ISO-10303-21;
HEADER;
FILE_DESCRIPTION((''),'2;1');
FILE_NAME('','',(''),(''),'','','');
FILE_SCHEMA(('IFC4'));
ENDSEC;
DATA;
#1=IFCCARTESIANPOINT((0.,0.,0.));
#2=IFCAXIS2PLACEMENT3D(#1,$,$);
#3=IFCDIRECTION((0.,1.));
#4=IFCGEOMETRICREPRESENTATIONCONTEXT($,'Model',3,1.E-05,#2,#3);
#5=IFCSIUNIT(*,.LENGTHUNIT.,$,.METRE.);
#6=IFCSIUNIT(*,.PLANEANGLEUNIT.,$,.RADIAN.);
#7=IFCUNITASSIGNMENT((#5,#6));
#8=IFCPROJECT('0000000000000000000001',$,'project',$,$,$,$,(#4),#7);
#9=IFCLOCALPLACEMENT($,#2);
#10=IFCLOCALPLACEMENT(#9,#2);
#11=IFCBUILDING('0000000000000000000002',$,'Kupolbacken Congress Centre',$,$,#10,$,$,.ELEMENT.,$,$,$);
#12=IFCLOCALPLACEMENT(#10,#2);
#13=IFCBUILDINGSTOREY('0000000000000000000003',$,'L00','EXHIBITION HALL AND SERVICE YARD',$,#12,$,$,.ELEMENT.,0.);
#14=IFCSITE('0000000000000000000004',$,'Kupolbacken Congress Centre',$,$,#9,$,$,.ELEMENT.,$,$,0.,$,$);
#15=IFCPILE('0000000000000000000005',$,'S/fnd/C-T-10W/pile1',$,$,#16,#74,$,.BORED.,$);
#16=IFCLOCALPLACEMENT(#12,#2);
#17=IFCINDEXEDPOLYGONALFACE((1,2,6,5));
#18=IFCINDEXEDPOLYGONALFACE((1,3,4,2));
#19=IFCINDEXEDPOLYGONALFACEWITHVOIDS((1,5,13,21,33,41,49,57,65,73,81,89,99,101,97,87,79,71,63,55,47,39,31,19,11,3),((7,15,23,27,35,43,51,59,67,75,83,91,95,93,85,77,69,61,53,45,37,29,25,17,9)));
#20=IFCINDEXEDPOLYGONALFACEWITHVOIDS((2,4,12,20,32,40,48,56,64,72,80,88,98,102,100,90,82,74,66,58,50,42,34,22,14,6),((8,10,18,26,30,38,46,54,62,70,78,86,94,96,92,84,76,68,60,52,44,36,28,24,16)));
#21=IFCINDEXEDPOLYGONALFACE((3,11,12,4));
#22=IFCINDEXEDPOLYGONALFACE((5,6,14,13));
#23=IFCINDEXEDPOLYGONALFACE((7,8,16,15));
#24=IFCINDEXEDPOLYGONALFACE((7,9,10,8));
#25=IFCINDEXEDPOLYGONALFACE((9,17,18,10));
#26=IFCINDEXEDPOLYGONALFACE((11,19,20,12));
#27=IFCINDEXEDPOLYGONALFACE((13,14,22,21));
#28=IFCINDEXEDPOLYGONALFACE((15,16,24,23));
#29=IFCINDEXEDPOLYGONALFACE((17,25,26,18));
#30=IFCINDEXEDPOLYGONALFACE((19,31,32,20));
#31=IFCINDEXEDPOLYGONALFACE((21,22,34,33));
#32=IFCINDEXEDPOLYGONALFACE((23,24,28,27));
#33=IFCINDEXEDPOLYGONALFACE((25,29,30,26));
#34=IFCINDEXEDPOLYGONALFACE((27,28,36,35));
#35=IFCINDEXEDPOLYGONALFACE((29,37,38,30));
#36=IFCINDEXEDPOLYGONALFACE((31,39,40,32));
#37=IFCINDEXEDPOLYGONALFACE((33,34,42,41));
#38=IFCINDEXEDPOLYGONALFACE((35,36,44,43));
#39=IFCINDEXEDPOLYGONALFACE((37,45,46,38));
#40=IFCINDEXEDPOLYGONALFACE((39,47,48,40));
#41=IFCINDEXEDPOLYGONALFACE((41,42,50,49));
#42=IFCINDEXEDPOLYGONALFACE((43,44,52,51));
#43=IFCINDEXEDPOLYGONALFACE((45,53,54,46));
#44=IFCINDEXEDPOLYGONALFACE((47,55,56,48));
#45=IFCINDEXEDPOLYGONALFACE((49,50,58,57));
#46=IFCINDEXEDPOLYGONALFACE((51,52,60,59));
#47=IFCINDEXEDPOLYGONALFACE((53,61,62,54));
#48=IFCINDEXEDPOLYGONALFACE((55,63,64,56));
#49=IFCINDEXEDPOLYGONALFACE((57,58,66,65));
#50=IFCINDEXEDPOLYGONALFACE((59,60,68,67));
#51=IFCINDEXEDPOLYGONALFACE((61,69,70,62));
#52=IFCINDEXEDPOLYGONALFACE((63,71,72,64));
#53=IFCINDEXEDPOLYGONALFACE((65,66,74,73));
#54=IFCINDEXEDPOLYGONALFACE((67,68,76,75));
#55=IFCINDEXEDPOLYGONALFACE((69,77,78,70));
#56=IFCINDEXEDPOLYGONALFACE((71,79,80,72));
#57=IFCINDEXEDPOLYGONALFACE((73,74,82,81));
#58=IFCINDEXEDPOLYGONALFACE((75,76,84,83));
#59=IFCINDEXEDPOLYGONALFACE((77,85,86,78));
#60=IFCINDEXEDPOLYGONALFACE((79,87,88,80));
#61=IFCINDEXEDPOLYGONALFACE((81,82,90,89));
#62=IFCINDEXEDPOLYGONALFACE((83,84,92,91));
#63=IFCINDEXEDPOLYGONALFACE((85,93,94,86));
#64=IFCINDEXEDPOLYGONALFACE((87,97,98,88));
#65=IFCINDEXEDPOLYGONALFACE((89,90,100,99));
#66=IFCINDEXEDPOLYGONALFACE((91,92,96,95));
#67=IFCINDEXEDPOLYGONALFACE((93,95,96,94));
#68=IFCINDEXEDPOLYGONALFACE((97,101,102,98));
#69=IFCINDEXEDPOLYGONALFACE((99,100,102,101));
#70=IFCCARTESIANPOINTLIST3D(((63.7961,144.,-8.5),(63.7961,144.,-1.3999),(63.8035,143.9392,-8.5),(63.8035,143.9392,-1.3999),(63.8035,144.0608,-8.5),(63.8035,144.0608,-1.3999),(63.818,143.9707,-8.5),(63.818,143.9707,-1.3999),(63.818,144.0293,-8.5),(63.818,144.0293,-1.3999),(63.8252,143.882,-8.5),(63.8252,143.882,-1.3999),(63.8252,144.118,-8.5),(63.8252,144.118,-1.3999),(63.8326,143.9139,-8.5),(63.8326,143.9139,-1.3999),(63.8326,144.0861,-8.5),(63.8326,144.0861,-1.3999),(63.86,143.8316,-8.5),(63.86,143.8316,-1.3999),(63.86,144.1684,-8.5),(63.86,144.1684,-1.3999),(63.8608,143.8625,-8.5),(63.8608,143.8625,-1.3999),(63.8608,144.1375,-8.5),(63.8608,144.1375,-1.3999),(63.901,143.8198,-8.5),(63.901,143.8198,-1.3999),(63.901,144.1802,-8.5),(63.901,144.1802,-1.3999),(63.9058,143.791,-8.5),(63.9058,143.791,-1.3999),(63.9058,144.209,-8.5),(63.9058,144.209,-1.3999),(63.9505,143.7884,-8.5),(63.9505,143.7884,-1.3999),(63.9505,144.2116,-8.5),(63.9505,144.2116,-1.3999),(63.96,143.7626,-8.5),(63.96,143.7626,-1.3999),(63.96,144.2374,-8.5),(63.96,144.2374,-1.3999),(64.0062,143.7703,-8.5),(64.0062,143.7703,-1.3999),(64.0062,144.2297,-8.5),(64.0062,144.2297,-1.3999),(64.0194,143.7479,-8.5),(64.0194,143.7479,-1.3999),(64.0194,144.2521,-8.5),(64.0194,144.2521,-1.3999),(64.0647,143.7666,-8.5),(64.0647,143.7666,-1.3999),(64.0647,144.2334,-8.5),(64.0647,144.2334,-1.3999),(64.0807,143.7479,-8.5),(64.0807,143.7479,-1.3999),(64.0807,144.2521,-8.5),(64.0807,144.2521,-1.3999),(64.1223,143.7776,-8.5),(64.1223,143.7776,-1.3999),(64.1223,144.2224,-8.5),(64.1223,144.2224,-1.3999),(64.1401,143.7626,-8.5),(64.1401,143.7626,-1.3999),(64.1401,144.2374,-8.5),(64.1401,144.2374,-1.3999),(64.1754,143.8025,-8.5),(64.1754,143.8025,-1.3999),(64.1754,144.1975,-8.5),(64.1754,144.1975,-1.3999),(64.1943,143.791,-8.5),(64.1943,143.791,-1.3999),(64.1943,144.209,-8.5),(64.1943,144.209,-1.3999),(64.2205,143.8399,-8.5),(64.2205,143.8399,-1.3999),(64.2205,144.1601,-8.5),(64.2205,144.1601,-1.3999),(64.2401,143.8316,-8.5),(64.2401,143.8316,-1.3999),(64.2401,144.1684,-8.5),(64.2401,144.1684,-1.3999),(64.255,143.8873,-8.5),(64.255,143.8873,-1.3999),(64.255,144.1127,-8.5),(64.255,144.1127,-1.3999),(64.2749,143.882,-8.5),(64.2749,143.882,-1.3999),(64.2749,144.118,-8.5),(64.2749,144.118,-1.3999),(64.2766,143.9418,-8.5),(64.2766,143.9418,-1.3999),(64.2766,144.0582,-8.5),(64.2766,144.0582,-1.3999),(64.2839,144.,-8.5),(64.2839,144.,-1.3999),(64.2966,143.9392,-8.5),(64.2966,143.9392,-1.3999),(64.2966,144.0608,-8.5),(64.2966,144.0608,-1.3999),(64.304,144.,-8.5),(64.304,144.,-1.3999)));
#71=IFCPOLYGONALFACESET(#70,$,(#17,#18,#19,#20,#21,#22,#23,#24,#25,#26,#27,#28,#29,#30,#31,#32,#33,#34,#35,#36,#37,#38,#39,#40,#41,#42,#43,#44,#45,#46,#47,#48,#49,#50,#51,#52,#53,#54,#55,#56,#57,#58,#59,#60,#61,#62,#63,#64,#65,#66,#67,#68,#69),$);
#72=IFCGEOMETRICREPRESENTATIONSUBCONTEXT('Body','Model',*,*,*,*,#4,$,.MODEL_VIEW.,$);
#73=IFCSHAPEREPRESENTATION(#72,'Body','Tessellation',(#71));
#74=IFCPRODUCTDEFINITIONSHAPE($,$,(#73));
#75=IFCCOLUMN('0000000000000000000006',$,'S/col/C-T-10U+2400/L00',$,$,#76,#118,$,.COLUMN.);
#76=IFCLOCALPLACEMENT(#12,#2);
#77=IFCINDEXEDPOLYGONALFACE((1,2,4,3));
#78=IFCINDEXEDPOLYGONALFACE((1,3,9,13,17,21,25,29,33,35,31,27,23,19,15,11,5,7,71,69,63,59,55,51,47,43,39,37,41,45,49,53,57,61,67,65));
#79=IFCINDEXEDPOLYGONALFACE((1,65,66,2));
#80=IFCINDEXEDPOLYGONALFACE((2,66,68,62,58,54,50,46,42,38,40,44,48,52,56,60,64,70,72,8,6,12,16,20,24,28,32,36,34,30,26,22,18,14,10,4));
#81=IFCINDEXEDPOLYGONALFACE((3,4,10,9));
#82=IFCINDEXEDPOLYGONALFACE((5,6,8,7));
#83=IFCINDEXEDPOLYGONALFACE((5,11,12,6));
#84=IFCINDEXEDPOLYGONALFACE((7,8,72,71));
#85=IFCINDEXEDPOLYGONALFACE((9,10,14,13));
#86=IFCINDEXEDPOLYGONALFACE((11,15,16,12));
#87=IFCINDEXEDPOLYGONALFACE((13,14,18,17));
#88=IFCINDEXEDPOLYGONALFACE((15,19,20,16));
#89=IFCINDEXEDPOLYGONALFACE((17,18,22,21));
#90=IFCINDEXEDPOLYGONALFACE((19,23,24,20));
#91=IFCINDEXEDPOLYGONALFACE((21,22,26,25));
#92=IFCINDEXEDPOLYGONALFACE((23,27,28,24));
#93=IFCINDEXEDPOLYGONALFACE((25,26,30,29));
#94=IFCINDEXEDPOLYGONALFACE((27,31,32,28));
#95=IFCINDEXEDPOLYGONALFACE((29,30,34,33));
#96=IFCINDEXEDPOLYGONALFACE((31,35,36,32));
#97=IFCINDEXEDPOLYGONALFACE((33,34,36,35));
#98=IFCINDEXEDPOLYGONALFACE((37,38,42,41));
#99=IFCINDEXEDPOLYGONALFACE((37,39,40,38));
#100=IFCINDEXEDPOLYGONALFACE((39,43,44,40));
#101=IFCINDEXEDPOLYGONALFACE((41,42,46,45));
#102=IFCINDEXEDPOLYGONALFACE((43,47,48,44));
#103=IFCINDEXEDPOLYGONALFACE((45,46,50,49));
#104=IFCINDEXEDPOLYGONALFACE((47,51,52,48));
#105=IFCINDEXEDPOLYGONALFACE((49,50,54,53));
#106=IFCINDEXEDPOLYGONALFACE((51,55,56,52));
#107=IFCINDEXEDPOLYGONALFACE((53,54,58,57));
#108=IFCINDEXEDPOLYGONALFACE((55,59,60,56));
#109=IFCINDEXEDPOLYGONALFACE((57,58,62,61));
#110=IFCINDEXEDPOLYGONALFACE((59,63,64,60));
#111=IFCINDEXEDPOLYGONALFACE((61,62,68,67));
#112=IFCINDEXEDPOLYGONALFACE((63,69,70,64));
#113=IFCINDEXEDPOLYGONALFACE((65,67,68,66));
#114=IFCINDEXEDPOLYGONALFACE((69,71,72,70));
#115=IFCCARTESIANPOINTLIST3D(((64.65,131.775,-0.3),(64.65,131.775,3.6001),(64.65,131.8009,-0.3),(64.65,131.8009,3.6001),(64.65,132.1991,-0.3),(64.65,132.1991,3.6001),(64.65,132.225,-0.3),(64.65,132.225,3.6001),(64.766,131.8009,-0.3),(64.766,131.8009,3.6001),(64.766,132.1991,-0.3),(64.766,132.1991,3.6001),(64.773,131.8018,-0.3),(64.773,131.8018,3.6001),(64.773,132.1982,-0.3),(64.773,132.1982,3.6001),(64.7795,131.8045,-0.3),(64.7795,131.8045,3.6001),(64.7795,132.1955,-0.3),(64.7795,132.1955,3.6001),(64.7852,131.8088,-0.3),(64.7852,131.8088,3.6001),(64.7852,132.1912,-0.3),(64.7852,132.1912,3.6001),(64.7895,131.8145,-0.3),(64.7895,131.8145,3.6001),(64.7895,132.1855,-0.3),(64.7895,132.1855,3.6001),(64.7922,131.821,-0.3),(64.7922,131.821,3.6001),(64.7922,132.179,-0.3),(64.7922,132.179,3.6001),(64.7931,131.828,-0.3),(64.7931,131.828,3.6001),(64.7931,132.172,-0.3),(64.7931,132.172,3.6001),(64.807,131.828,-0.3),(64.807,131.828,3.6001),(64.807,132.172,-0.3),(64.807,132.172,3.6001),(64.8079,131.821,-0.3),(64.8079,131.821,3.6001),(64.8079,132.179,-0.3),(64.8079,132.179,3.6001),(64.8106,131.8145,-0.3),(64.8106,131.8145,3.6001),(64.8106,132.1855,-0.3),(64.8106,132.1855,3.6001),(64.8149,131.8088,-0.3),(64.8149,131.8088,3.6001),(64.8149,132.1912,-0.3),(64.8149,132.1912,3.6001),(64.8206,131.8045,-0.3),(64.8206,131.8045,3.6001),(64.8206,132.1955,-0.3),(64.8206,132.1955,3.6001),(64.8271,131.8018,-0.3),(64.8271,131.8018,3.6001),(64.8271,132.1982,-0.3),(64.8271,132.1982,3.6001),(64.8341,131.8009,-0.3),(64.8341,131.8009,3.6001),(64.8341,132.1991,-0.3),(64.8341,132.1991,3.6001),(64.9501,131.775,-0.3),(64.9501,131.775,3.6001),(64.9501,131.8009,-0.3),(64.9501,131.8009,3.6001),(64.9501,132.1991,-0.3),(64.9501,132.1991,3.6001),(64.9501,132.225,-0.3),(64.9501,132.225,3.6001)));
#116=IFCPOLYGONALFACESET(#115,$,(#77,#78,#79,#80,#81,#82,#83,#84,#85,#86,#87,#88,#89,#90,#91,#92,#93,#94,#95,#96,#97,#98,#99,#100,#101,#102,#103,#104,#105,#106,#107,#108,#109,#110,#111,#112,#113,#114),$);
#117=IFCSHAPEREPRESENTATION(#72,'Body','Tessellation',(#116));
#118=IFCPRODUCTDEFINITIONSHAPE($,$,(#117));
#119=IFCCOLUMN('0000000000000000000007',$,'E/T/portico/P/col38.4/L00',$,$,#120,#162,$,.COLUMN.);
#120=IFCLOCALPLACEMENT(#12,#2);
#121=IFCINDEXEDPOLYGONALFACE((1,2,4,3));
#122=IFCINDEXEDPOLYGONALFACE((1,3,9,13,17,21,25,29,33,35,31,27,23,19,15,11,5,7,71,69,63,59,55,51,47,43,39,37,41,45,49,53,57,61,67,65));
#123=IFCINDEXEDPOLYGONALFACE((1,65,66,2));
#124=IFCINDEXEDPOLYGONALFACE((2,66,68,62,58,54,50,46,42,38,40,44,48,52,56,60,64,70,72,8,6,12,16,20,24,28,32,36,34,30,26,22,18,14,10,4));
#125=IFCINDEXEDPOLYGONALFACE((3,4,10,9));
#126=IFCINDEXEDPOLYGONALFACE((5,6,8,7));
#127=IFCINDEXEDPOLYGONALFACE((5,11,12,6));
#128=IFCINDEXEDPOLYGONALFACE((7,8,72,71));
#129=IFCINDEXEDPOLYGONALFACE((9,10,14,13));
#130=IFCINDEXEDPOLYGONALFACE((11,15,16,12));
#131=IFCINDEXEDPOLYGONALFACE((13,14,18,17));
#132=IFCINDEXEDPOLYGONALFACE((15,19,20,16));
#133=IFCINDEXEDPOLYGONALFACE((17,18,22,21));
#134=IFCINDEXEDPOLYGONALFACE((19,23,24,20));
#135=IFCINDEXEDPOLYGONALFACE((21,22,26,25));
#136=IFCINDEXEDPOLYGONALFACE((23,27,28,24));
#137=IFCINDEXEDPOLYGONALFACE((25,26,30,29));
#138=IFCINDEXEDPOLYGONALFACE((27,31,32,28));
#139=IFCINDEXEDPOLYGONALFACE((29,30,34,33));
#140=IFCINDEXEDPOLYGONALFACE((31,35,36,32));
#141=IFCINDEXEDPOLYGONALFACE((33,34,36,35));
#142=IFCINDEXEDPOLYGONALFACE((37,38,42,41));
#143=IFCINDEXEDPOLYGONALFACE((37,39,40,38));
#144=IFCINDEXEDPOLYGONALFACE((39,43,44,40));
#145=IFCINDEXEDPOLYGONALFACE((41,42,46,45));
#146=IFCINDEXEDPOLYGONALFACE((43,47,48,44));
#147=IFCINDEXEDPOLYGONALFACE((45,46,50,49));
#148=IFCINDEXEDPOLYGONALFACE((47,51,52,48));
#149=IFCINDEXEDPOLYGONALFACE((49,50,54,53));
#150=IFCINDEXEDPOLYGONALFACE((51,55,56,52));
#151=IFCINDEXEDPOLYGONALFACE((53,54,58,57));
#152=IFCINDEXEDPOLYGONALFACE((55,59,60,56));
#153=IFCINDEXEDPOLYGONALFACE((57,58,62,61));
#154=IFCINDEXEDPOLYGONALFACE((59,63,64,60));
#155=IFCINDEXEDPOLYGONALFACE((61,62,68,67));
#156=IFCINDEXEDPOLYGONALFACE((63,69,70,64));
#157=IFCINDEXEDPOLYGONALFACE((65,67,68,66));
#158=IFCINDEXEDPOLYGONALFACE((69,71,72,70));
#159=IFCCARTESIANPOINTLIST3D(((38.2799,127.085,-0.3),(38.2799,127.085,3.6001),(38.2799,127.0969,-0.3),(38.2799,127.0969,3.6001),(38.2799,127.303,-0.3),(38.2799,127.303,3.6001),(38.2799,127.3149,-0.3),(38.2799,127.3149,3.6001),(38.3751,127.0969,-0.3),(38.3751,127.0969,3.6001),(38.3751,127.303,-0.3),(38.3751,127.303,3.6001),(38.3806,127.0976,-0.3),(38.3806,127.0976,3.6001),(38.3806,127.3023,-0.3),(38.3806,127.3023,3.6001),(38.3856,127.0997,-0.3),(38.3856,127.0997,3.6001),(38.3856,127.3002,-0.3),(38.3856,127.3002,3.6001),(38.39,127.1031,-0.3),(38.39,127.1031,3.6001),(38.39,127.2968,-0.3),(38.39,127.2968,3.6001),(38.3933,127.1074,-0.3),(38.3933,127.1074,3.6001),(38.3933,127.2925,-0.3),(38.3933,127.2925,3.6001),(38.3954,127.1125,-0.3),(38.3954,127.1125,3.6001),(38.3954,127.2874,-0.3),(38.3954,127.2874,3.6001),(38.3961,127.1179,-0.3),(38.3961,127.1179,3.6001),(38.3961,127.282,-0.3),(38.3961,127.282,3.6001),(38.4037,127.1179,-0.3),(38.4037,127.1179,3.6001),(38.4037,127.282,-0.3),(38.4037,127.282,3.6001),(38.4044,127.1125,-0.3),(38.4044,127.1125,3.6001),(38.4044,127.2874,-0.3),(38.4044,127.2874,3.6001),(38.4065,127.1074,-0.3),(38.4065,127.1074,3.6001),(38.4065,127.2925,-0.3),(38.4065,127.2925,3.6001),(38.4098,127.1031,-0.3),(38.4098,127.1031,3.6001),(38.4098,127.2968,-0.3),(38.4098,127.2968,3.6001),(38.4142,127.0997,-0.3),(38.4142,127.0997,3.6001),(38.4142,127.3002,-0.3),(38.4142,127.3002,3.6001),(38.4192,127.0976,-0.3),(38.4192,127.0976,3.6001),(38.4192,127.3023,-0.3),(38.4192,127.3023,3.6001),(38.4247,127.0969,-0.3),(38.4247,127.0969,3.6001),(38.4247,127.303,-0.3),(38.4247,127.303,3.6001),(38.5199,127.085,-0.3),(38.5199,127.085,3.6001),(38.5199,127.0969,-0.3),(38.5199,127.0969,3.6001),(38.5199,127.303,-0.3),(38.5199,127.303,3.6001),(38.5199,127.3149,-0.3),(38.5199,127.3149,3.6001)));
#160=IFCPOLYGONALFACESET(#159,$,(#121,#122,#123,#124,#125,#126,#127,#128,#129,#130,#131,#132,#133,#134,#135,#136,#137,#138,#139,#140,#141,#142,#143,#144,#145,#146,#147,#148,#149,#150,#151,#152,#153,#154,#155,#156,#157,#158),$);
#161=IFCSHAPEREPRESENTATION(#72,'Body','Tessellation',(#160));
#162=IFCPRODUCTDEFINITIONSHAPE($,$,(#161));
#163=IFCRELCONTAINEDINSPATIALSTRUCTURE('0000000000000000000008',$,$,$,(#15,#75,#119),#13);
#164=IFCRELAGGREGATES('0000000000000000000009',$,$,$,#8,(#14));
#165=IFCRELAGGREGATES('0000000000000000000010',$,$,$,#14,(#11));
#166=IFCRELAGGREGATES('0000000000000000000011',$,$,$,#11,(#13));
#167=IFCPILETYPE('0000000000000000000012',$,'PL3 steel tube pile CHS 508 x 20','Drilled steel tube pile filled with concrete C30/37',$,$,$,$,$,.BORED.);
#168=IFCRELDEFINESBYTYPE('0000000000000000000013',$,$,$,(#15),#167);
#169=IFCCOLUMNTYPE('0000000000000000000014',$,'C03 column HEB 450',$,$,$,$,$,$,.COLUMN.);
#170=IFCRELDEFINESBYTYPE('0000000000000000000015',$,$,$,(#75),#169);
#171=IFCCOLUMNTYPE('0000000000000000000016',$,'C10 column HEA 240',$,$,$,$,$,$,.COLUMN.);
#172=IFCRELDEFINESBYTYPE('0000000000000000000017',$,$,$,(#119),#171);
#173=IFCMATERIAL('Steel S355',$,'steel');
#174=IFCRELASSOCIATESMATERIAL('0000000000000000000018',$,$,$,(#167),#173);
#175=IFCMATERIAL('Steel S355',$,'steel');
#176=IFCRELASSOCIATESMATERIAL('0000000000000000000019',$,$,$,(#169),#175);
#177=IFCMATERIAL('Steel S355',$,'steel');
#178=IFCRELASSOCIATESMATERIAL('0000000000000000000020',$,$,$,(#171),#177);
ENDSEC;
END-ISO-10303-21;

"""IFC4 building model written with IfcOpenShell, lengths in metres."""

from ifc_helpers import new_model, si_unit, direction, frame, origin, origin_2d, place, context, subcontext, project, spatial, hollow_circle, i_section, extrude, material, material_profile, profile_set, type_object, element, save


model = new_model("IFC4")

# Units and contexts
model_context = context("Model", 3, precision=1e-05, world=origin(), true_north=direction((0.0, 1.0)))
body_context = subcontext(model_context, "Body", "Model", "MODEL_VIEW")
ifc_project = project(units=[si_unit("LENGTHUNIT", "METRE"), si_unit("PLANEANGLEUNIT", "RADIAN")], contexts=[model_context])

# Site, building, storey
site_placement = place(None, origin())
site = spatial("IfcSite", under=ifc_project, at=site_placement, Name="Kupolbacken Congress Centre", CompositionType="ELEMENT", RefElevation=0.0)
building_placement = place(site_placement, origin())
building = spatial("IfcBuilding", under=site, at=building_placement, Name="Kupolbacken Congress Centre", CompositionType="ELEMENT")
storey_placement = place(building_placement, origin())
storey = spatial("IfcBuildingStorey", under=building, at=storey_placement, Name="L00", Description="EXHIBITION HALL AND SERVICE YARD", CompositionType="ELEMENT", Elevation=0.0)

# Pile
ifc_material_1 = material(Name="Steel S355", Category="steel")
ifc_material_profile_1 = material_profile(ifc_material_1, hollow_circle(Radius=0.2539, WallThickness=0.02, at=origin_2d()), Name="CHS 508 x 20")
ifc_profile_set_1 = profile_set([ifc_material_profile_1], Name="Steel S355")
pile_type = type_object("IfcPileType", Name="PL3 steel tube pile CHS 508 x 20", Description="Drilled steel tube pile filled with concrete C30/37", PredefinedType="BORED", material=ifc_profile_set_1)
pile_placement = place(storey_placement, frame((64.05, 144.0, -1.3999), z_axis=(0.0, 0.0, -1.0), x_axis=(1.0, 0.0, 0.0)))
element("IfcPile", 1, at=pile_placement, inside=storey, type_object=pile_type, Name="S/fnd/C-T-10W/pile1", PredefinedType="BORED", context=body_context, shape_type="SweptSolid", body=[
    extrude(hollow_circle(Radius=0.2539, WallThickness=0.02, at=origin_2d()), origin(), (0.0, 0.0, 1.0), 7.1001),
])

# Columns
ifc_material_2 = material(Name="Steel S355", Category="steel")
ifc_material_profile_2 = material_profile(ifc_material_2, i_section(OverallWidth=0.3, OverallDepth=0.45, WebThickness=0.0139, FlangeThickness=0.0259, FilletRadius=0.0271, at=origin_2d()), Name="HEB 450")
ifc_profile_set_2 = profile_set([ifc_material_profile_2], Name="Steel S355")
column_type_1 = type_object("IfcColumnType", Name="C03 column HEB 450", PredefinedType="COLUMN", material=ifc_profile_set_2)
column_1_placement = place(storey_placement, frame((64.8, 132.0, -0.3), z_axis=(0.0, 0.0, 1.0), x_axis=(1.0, 0.0, 0.0)))
element("IfcColumn", 2, at=column_1_placement, inside=storey, type_object=column_type_1, Name="S/col/C-T-10U+2400/L00", PredefinedType="COLUMN", context=body_context, shape_type="SweptSolid", body=[
    extrude(i_section(OverallWidth=0.3, OverallDepth=0.45, WebThickness=0.0139, FlangeThickness=0.0259, FilletRadius=0.0271, at=origin_2d()), origin(), (0.0, 0.0, 1.0), 3.9001),
])
ifc_material_3 = material(Name="Steel S355", Category="steel")
ifc_material_profile_3 = material_profile(ifc_material_3, i_section(OverallWidth=0.24, OverallDepth=0.23, WebThickness=0.0076, FlangeThickness=0.012, FilletRadius=0.021, at=origin_2d()), Name="HEA 240")
ifc_profile_set_3 = profile_set([ifc_material_profile_3], Name="Steel S355")
column_type_2 = type_object("IfcColumnType", Name="C10 column HEA 240", PredefinedType="COLUMN", material=ifc_profile_set_3)
for number, where, z_axis, x_axis, name in (
    (3, (38.3999, 127.2, -0.3), (0.0, 0.0, 1.0), (1.0, 0.0, 0.0), "E/T/portico/P/col38.4/L00"),
):
    element("IfcColumn", number, at=place(storey_placement, frame(where, z_axis=z_axis, x_axis=x_axis)), inside=storey, type_object=column_type_2, Name=name, PredefinedType="COLUMN", context=body_context, shape_type="SweptSolid", body=[
        extrude(i_section(OverallWidth=0.24, OverallDepth=0.23, WebThickness=0.0076, FlangeThickness=0.012, FilletRadius=0.021, at=origin_2d()), origin(), (0.0, 0.0, 1.0), 3.9001),
    ])

save(model, "model.ifc")
